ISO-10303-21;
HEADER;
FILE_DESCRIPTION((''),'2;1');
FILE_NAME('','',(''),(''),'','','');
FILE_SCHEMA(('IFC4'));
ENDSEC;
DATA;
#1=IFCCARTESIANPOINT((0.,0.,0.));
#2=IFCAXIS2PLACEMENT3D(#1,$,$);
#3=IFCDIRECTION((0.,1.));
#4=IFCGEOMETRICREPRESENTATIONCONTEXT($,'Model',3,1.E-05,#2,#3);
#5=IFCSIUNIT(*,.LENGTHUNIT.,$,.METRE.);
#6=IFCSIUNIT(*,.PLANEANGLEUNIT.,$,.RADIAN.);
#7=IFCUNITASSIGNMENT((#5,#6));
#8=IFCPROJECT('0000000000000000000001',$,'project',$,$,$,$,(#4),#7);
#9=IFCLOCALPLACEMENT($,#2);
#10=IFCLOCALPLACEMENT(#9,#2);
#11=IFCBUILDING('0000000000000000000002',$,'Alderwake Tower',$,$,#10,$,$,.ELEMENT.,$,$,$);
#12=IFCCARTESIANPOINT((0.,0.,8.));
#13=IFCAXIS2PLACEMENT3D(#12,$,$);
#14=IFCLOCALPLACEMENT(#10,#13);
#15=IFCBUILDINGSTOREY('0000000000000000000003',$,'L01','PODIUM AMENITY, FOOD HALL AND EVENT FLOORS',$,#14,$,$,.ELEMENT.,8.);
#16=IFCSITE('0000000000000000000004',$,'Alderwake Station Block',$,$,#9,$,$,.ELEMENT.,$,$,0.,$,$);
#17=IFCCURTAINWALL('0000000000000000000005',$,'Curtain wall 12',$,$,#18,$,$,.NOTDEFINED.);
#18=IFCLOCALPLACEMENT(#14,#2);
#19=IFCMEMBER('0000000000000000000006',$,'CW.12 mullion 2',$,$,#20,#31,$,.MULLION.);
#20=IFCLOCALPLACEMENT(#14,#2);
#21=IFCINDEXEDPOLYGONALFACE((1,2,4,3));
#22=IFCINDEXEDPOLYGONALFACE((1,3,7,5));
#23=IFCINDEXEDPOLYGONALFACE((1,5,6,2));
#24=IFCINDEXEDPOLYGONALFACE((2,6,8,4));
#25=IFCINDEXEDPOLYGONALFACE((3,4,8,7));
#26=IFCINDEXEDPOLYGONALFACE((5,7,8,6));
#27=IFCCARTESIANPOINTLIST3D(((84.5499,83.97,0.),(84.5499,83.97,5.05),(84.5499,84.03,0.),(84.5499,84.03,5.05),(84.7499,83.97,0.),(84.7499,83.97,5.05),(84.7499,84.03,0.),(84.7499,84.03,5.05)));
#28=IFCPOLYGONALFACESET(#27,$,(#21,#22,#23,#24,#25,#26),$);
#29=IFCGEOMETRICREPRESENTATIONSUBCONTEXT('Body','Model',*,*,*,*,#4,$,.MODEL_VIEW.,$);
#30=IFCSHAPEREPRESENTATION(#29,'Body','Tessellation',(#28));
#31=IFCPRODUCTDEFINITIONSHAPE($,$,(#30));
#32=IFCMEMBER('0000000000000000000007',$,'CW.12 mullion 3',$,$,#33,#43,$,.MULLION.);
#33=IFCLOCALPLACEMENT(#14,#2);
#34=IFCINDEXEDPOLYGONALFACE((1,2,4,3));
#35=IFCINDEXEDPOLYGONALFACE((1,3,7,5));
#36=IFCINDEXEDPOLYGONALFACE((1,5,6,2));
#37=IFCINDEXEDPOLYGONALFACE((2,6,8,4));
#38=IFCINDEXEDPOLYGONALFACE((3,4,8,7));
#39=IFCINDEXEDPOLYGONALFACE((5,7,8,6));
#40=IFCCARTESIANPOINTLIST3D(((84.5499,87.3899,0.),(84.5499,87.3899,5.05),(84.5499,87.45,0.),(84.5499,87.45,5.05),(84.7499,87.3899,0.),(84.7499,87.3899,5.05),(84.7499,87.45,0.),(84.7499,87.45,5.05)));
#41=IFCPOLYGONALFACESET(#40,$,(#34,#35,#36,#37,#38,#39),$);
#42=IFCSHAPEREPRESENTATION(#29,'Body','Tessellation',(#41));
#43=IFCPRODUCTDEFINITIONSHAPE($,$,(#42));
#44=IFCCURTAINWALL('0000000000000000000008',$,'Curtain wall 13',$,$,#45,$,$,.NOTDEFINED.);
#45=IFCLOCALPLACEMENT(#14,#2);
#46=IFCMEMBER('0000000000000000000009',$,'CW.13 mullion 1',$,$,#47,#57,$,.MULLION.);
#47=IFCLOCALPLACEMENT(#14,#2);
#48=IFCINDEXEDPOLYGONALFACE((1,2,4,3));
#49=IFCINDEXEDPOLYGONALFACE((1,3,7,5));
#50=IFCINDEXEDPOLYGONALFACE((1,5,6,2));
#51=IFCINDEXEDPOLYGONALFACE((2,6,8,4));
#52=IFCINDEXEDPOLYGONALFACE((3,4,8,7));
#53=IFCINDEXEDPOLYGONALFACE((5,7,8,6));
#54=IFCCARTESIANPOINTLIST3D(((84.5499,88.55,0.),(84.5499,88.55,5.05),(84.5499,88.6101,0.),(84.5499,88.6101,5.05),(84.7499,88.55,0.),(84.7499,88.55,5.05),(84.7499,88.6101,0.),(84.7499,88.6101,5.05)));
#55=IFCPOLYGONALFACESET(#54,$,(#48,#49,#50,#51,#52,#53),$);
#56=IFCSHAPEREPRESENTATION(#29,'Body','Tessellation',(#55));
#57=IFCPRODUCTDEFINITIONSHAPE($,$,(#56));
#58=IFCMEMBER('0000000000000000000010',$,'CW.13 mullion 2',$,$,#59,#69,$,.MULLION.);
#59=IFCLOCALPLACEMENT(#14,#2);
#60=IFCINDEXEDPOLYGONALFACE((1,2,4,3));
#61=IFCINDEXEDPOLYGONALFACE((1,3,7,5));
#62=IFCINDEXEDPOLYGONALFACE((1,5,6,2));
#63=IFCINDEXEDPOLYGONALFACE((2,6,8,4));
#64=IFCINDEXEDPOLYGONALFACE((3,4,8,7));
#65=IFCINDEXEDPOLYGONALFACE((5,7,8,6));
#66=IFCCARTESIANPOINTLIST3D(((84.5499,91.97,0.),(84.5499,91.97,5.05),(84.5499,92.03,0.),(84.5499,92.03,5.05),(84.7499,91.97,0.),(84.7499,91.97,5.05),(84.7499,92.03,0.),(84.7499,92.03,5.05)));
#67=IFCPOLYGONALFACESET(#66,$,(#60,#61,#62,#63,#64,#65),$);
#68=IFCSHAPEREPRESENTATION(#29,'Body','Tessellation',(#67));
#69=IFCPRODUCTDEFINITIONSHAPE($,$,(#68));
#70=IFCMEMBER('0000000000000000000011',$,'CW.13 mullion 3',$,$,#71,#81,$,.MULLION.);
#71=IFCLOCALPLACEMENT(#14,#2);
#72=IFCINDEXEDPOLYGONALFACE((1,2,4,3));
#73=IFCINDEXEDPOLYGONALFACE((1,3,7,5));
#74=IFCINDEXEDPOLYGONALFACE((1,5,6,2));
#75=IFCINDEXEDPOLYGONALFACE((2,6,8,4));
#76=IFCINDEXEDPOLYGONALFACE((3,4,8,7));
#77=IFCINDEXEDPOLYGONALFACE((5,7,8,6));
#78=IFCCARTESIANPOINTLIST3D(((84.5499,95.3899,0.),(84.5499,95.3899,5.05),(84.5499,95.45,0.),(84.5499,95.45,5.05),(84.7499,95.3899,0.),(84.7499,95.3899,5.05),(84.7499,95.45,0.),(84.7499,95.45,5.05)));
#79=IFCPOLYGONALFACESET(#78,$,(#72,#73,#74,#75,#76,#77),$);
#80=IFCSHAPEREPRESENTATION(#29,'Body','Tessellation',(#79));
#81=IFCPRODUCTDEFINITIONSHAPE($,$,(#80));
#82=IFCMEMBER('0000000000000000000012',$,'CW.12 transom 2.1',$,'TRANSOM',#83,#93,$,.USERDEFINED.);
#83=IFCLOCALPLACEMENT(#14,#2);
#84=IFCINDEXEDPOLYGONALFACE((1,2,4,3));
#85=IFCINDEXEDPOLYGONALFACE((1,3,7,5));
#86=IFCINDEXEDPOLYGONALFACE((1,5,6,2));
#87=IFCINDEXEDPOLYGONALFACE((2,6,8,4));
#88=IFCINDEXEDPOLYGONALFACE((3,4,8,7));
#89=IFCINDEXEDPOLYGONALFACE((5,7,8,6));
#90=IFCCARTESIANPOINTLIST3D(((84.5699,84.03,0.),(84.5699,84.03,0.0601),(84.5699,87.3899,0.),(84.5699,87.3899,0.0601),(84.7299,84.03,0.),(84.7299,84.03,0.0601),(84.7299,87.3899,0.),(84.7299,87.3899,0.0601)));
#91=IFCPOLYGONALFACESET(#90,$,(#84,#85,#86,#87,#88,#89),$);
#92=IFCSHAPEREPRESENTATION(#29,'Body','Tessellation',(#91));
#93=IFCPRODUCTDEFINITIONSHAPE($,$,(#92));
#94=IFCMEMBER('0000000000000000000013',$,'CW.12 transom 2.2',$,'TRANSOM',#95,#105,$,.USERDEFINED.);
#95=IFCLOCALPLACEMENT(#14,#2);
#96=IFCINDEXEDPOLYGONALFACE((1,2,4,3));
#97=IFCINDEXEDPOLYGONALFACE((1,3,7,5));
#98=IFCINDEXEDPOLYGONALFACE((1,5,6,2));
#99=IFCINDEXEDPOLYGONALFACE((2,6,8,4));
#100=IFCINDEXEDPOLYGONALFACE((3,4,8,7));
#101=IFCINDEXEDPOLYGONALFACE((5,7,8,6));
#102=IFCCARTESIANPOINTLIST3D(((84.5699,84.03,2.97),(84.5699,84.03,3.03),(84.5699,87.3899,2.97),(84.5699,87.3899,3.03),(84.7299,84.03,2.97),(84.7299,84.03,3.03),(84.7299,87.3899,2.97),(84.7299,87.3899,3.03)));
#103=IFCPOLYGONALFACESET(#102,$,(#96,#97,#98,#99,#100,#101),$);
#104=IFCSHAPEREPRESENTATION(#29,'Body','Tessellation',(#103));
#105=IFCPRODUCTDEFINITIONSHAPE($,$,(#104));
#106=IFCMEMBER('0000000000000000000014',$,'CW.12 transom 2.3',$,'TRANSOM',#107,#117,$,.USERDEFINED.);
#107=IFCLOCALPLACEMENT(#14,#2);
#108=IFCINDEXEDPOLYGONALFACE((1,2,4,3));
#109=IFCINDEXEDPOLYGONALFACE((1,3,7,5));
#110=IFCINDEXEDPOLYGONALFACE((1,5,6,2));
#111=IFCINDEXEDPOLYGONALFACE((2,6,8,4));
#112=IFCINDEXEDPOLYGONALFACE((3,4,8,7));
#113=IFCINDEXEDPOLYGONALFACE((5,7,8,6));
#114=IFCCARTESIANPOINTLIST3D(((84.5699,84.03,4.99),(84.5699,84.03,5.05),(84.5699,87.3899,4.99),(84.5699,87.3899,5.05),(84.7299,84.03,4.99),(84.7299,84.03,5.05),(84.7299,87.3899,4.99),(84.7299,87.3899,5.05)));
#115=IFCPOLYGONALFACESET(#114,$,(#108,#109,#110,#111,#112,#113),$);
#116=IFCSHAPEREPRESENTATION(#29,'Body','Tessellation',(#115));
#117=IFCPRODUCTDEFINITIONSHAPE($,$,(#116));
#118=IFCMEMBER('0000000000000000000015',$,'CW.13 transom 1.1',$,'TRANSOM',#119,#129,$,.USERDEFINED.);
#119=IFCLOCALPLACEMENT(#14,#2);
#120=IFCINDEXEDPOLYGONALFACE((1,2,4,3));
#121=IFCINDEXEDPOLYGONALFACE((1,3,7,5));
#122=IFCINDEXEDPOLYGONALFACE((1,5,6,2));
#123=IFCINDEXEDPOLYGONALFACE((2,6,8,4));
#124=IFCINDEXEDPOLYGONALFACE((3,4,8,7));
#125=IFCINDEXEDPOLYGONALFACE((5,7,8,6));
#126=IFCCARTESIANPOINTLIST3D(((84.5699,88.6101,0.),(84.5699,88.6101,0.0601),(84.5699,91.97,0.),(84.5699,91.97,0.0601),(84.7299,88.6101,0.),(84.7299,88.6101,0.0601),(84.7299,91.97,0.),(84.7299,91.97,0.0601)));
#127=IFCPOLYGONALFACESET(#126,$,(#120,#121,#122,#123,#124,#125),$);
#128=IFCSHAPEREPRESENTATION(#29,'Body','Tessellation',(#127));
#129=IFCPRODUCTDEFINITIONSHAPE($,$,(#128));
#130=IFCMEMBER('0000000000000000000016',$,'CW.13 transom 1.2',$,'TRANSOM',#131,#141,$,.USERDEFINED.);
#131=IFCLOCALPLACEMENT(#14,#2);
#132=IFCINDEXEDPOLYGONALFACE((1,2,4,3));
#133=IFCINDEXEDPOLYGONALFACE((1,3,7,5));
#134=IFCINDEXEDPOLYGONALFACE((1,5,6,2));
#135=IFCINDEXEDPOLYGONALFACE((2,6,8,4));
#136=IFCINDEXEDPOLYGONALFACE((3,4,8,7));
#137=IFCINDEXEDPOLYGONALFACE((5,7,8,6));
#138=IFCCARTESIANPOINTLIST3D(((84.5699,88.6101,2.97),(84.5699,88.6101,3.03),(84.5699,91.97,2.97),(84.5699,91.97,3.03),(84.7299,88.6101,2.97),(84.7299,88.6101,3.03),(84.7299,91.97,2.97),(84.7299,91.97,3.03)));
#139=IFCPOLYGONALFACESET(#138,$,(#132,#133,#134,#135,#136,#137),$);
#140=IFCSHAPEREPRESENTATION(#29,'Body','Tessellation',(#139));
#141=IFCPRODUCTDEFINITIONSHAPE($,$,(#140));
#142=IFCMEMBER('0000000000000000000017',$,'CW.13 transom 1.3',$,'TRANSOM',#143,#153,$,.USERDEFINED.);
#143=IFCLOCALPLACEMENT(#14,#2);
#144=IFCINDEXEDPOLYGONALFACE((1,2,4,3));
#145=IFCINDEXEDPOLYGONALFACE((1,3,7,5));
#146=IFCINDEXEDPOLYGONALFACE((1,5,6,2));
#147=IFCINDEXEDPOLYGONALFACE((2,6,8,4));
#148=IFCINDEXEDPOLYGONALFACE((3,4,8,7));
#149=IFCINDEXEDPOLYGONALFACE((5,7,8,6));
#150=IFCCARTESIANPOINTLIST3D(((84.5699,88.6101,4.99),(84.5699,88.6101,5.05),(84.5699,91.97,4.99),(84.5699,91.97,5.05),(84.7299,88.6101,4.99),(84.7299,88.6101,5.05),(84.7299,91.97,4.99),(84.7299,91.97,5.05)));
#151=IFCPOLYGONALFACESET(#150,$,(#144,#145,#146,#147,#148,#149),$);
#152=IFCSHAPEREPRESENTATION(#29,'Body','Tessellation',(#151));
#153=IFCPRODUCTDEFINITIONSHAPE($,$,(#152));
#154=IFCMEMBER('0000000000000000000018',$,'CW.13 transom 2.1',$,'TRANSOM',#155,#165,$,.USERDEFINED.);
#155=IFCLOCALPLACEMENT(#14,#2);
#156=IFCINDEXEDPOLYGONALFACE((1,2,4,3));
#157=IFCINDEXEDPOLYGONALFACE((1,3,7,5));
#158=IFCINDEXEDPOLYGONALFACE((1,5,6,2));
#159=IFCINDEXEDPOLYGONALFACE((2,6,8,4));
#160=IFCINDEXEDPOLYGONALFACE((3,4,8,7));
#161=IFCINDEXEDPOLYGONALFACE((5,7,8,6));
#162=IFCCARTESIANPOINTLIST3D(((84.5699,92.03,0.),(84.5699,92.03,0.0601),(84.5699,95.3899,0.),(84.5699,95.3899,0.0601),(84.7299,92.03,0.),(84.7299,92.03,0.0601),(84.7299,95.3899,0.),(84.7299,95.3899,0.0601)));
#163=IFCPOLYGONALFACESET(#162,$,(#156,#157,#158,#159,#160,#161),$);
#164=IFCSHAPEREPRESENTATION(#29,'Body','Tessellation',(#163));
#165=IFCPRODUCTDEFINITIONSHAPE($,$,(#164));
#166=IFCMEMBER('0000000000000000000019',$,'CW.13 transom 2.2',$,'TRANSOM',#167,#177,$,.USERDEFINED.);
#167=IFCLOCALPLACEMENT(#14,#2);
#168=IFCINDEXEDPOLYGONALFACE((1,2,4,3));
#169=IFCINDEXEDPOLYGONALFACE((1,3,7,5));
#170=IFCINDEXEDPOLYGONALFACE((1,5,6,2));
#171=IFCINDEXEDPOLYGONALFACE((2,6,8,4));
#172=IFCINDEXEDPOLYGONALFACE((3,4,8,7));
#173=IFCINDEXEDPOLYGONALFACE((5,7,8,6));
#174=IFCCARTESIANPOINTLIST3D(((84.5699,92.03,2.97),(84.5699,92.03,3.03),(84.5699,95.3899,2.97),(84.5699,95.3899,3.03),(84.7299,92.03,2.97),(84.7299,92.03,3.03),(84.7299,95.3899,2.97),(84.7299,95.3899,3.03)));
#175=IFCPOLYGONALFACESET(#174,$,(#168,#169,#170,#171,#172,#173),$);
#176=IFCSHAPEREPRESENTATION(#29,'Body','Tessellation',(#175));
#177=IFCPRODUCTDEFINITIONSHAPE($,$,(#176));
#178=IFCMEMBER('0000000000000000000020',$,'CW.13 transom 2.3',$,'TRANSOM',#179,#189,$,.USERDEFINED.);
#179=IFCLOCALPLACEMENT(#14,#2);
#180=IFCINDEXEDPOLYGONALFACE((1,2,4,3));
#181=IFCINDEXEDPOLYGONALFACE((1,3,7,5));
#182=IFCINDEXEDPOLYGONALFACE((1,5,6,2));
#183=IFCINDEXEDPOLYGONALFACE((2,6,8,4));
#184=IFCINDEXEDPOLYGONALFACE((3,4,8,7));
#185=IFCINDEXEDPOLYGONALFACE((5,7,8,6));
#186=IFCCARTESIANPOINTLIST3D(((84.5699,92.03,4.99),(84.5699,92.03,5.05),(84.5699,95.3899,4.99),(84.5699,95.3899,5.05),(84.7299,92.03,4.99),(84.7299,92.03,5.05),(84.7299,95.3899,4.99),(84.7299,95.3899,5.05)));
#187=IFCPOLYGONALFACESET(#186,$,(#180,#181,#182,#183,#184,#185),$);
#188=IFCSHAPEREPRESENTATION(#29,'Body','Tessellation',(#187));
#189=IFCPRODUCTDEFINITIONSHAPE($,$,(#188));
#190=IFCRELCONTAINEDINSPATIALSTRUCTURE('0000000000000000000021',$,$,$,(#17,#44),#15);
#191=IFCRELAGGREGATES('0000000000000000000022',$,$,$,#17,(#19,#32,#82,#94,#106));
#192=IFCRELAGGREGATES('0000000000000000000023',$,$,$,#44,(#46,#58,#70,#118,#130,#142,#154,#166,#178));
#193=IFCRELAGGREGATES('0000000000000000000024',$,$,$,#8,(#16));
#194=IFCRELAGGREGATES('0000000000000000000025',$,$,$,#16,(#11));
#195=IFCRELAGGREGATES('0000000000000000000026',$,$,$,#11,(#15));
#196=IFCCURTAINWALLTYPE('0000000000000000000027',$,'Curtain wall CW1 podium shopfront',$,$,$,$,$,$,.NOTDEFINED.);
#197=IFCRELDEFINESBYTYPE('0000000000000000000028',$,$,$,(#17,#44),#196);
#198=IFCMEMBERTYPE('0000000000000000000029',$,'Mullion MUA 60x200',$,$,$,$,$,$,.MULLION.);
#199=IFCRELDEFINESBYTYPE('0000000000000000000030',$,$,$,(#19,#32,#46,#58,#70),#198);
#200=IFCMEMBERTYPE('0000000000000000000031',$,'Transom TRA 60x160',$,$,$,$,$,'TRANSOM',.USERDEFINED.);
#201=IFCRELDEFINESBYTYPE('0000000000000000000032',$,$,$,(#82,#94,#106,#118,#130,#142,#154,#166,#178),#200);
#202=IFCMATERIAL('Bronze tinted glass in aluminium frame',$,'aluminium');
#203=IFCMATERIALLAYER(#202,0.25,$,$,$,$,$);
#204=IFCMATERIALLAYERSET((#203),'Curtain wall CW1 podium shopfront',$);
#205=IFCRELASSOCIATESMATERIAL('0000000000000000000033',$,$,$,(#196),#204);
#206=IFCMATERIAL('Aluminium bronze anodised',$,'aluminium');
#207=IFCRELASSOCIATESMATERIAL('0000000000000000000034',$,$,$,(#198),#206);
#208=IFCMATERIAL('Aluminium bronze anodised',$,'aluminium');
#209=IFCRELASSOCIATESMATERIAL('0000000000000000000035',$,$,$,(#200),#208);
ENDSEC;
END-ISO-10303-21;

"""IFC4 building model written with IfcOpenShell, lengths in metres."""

from ifc_helpers import new_model, si_unit, direction, frame, origin, origin_2d, place, context, subcontext, project, spatial, rectangle, extrude, material, layer, layer_set, material_profile, profile_set, type_object, element, aggregate, save


model = new_model("IFC4")

# Units and contexts
model_context = context("Model", 3, precision=1e-05, world=origin(), true_north=direction((0.0, 1.0)))
body_context = subcontext(model_context, "Body", "Model", "MODEL_VIEW")
ifc_project = project(units=[si_unit("LENGTHUNIT", "METRE"), si_unit("PLANEANGLEUNIT", "RADIAN")], contexts=[model_context])

# Site, building, storey
site_placement = place(None, origin())
site = spatial("IfcSite", under=ifc_project, at=site_placement, Name="Alderwake Station Block", CompositionType="ELEMENT", RefElevation=0.0)
building_placement = place(site_placement, origin())
building = spatial("IfcBuilding", under=site, at=building_placement, Name="Alderwake Tower", CompositionType="ELEMENT")
storey_placement = place(building_placement, frame((0.0, 0.0, 8.0)))
storey = spatial("IfcBuildingStorey", under=building, at=storey_placement, Name="L01", Description="PODIUM AMENITY, FOOD HALL AND EVENT FLOORS", CompositionType="ELEMENT", Elevation=8.0)

# Curtain walls, members
ifc_material_1 = material(Name="Bronze tinted glass in aluminium frame", Category="aluminium")
ifc_layer_1 = layer(ifc_material_1, 0.25)
ifc_layer_set_1 = layer_set([ifc_layer_1], Name="Curtain wall CW1 podium shopfront")
curtain_wall_type = type_object("IfcCurtainWallType", Name="Curtain wall CW1 podium shopfront", PredefinedType="NOTDEFINED", material=ifc_layer_set_1)
curtain_wall_1_placement = place(storey_placement, origin())
curtain_wall_1 = element("IfcCurtainWall", 1, at=curtain_wall_1_placement, inside=storey, type_object=curtain_wall_type, Name="Curtain wall 12", PredefinedType="NOTDEFINED")
ifc_material_2 = material(Name="Aluminium bronze anodised", Category="aluminium")
ifc_material_profile_1 = material_profile(ifc_material_2, rectangle(XDim=0.2, YDim=0.0601, at=origin_2d()), Name="Mullion MUA 60x200")
ifc_profile_set_1 = profile_set([ifc_material_profile_1], Name="Aluminium bronze anodised")
member_type_1 = type_object("IfcMemberType", Name="Mullion MUA 60x200", PredefinedType="MULLION", material=ifc_profile_set_1)
member_1_placement = place(storey_placement, frame((84.6499, 84.0, 0.0), z_axis=(0.0, 0.0, 1.0), x_axis=(-1.0, 0.0, 0.0)))
member_1 = element("IfcMember", 2, at=member_1_placement, type_object=member_type_1, Name="CW.12 mullion 2", PredefinedType="MULLION", context=body_context, shape_type="SweptSolid", body=[
    extrude(rectangle(XDim=0.2, YDim=0.0601, at=origin_2d()), origin(), (0.0, 0.0, 1.0), 5.05),
])
member_2_placement = place(storey_placement, frame((84.6499, 87.4199, 0.0), z_axis=(0.0, 0.0, 1.0), x_axis=(-1.0, 0.0, 0.0)))
member_2 = element("IfcMember", 3, at=member_2_placement, type_object=member_type_1, Name="CW.12 mullion 3", PredefinedType="MULLION", context=body_context, shape_type="SweptSolid", body=[
    extrude(rectangle(XDim=0.2, YDim=0.0601, at=origin_2d()), origin(), (0.0, 0.0, 1.0), 5.05),
])
curtain_wall_2_placement = place(storey_placement, origin())
curtain_wall_2 = element("IfcCurtainWall", 4, at=curtain_wall_2_placement, inside=storey, type_object=curtain_wall_type, Name="Curtain wall 13", PredefinedType="NOTDEFINED")
member_3_placement = place(storey_placement, frame((84.6499, 88.5801, 0.0), z_axis=(0.0, 0.0, 1.0), x_axis=(-1.0, 0.0, 0.0)))
member_3 = element("IfcMember", 5, at=member_3_placement, type_object=member_type_1, Name="CW.13 mullion 1", PredefinedType="MULLION", context=body_context, shape_type="SweptSolid", body=[
    extrude(rectangle(XDim=0.2, YDim=0.0601, at=origin_2d()), origin(), (0.0, 0.0, 1.0), 5.05),
])
member_4_placement = place(storey_placement, frame((84.6499, 92.0, 0.0), z_axis=(0.0, 0.0, 1.0), x_axis=(-1.0, 0.0, 0.0)))
member_4 = element("IfcMember", 6, at=member_4_placement, type_object=member_type_1, Name="CW.13 mullion 2", PredefinedType="MULLION", context=body_context, shape_type="SweptSolid", body=[
    extrude(rectangle(XDim=0.2, YDim=0.0601, at=origin_2d()), origin(), (0.0, 0.0, 1.0), 5.05),
])
member_5_placement = place(storey_placement, frame((84.6499, 95.4199, 0.0), z_axis=(0.0, 0.0, 1.0), x_axis=(-1.0, 0.0, 0.0)))
member_5 = element("IfcMember", 7, at=member_5_placement, type_object=member_type_1, Name="CW.13 mullion 3", PredefinedType="MULLION", context=body_context, shape_type="SweptSolid", body=[
    extrude(rectangle(XDim=0.2, YDim=0.0601, at=origin_2d()), origin(), (0.0, 0.0, 1.0), 5.05),
])

# Members
ifc_material_3 = material(Name="Aluminium bronze anodised", Category="aluminium")
ifc_material_profile_2 = material_profile(ifc_material_3, rectangle(XDim=0.1599, YDim=0.0601, at=origin_2d()), Name="Transom TRA 60x160")
ifc_profile_set_2 = profile_set([ifc_material_profile_2], Name="Aluminium bronze anodised")
member_type_2 = type_object("IfcMemberType", Name="Transom TRA 60x160", ElementType="TRANSOM", PredefinedType="USERDEFINED", material=ifc_profile_set_2)
member_6_placement = place(storey_placement, frame((84.6499, 84.03, 0.03), z_axis=(0.0, 1.0, 0.0), x_axis=(-1.0, 0.0, 0.0)))
member_6 = element("IfcMember", 8, at=member_6_placement, type_object=member_type_2, Name="CW.12 transom 2.1", ObjectType="TRANSOM", PredefinedType="USERDEFINED", context=body_context, shape_type="SweptSolid", body=[
    extrude(rectangle(XDim=0.1599, YDim=0.0601, at=origin_2d()), origin(), (0.0, 0.0, 1.0), 3.3599),
])
member_7_placement = place(storey_placement, frame((84.6499, 84.03, 3.0), z_axis=(0.0, 1.0, 0.0), x_axis=(-1.0, 0.0, 0.0)))
member_7 = element("IfcMember", 9, at=member_7_placement, type_object=member_type_2, Name="CW.12 transom 2.2", ObjectType="TRANSOM", PredefinedType="USERDEFINED", context=body_context, shape_type="SweptSolid", body=[
    extrude(rectangle(XDim=0.1599, YDim=0.0601, at=origin_2d()), origin(), (0.0, 0.0, 1.0), 3.3599),
])
member_8_placement = place(storey_placement, frame((84.6499, 84.03, 5.02), z_axis=(0.0, 1.0, 0.0), x_axis=(-1.0, 0.0, 0.0)))
member_8 = element("IfcMember", 10, at=member_8_placement, type_object=member_type_2, Name="CW.12 transom 2.3", ObjectType="TRANSOM", PredefinedType="USERDEFINED", context=body_context, shape_type="SweptSolid", body=[
    extrude(rectangle(XDim=0.1599, YDim=0.0601, at=origin_2d()), origin(), (0.0, 0.0, 1.0), 3.3599),
])
member_9_placement = place(storey_placement, frame((84.6499, 88.6101, 0.03), z_axis=(0.0, 1.0, 0.0), x_axis=(-1.0, 0.0, 0.0)))
member_9 = element("IfcMember", 11, at=member_9_placement, type_object=member_type_2, Name="CW.13 transom 1.1", ObjectType="TRANSOM", PredefinedType="USERDEFINED", context=body_context, shape_type="SweptSolid", body=[
    extrude(rectangle(XDim=0.1599, YDim=0.0601, at=origin_2d()), origin(), (0.0, 0.0, 1.0), 3.3599),
])
member_10_placement = place(storey_placement, frame((84.6499, 88.6101, 3.0), z_axis=(0.0, 1.0, 0.0), x_axis=(-1.0, 0.0, 0.0)))
member_10 = element("IfcMember", 12, at=member_10_placement, type_object=member_type_2, Name="CW.13 transom 1.2", ObjectType="TRANSOM", PredefinedType="USERDEFINED", context=body_context, shape_type="SweptSolid", body=[
    extrude(rectangle(XDim=0.1599, YDim=0.0601, at=origin_2d()), origin(), (0.0, 0.0, 1.0), 3.3599),
])
member_11_placement = place(storey_placement, frame((84.6499, 88.6101, 5.02), z_axis=(0.0, 1.0, 0.0), x_axis=(-1.0, 0.0, 0.0)))
member_11 = element("IfcMember", 13, at=member_11_placement, type_object=member_type_2, Name="CW.13 transom 1.3", ObjectType="TRANSOM", PredefinedType="USERDEFINED", context=body_context, shape_type="SweptSolid", body=[
    extrude(rectangle(XDim=0.1599, YDim=0.0601, at=origin_2d()), origin(), (0.0, 0.0, 1.0), 3.3599),
])
member_12_placement = place(storey_placement, frame((84.6499, 92.03, 0.03), z_axis=(0.0, 1.0, 0.0), x_axis=(-1.0, 0.0, 0.0)))
member_12 = element("IfcMember", 14, at=member_12_placement, type_object=member_type_2, Name="CW.13 transom 2.1", ObjectType="TRANSOM", PredefinedType="USERDEFINED", context=body_context, shape_type="SweptSolid", body=[
    extrude(rectangle(XDim=0.1599, YDim=0.0601, at=origin_2d()), origin(), (0.0, 0.0, 1.0), 3.3599),
])
member_13_placement = place(storey_placement, frame((84.6499, 92.03, 3.0), z_axis=(0.0, 1.0, 0.0), x_axis=(-1.0, 0.0, 0.0)))
member_13 = element("IfcMember", 15, at=member_13_placement, type_object=member_type_2, Name="CW.13 transom 2.2", ObjectType="TRANSOM", PredefinedType="USERDEFINED", context=body_context, shape_type="SweptSolid", body=[
    extrude(rectangle(XDim=0.1599, YDim=0.0601, at=origin_2d()), origin(), (0.0, 0.0, 1.0), 3.3599),
])
member_14_placement = place(storey_placement, frame((84.6499, 92.03, 5.02), z_axis=(0.0, 1.0, 0.0), x_axis=(-1.0, 0.0, 0.0)))
member_14 = element("IfcMember", 16, at=member_14_placement, type_object=member_type_2, Name="CW.13 transom 2.3", ObjectType="TRANSOM", PredefinedType="USERDEFINED", context=body_context, shape_type="SweptSolid", body=[
    extrude(rectangle(XDim=0.1599, YDim=0.0601, at=origin_2d()), origin(), (0.0, 0.0, 1.0), 3.3599),
])

aggregate(curtain_wall_1, [member_1, member_2, member_6, member_7, member_8])
aggregate(curtain_wall_2, [member_3, member_4, member_5, member_9, member_10, member_11, member_12, member_13, member_14])

save(model, "model.ifc")
